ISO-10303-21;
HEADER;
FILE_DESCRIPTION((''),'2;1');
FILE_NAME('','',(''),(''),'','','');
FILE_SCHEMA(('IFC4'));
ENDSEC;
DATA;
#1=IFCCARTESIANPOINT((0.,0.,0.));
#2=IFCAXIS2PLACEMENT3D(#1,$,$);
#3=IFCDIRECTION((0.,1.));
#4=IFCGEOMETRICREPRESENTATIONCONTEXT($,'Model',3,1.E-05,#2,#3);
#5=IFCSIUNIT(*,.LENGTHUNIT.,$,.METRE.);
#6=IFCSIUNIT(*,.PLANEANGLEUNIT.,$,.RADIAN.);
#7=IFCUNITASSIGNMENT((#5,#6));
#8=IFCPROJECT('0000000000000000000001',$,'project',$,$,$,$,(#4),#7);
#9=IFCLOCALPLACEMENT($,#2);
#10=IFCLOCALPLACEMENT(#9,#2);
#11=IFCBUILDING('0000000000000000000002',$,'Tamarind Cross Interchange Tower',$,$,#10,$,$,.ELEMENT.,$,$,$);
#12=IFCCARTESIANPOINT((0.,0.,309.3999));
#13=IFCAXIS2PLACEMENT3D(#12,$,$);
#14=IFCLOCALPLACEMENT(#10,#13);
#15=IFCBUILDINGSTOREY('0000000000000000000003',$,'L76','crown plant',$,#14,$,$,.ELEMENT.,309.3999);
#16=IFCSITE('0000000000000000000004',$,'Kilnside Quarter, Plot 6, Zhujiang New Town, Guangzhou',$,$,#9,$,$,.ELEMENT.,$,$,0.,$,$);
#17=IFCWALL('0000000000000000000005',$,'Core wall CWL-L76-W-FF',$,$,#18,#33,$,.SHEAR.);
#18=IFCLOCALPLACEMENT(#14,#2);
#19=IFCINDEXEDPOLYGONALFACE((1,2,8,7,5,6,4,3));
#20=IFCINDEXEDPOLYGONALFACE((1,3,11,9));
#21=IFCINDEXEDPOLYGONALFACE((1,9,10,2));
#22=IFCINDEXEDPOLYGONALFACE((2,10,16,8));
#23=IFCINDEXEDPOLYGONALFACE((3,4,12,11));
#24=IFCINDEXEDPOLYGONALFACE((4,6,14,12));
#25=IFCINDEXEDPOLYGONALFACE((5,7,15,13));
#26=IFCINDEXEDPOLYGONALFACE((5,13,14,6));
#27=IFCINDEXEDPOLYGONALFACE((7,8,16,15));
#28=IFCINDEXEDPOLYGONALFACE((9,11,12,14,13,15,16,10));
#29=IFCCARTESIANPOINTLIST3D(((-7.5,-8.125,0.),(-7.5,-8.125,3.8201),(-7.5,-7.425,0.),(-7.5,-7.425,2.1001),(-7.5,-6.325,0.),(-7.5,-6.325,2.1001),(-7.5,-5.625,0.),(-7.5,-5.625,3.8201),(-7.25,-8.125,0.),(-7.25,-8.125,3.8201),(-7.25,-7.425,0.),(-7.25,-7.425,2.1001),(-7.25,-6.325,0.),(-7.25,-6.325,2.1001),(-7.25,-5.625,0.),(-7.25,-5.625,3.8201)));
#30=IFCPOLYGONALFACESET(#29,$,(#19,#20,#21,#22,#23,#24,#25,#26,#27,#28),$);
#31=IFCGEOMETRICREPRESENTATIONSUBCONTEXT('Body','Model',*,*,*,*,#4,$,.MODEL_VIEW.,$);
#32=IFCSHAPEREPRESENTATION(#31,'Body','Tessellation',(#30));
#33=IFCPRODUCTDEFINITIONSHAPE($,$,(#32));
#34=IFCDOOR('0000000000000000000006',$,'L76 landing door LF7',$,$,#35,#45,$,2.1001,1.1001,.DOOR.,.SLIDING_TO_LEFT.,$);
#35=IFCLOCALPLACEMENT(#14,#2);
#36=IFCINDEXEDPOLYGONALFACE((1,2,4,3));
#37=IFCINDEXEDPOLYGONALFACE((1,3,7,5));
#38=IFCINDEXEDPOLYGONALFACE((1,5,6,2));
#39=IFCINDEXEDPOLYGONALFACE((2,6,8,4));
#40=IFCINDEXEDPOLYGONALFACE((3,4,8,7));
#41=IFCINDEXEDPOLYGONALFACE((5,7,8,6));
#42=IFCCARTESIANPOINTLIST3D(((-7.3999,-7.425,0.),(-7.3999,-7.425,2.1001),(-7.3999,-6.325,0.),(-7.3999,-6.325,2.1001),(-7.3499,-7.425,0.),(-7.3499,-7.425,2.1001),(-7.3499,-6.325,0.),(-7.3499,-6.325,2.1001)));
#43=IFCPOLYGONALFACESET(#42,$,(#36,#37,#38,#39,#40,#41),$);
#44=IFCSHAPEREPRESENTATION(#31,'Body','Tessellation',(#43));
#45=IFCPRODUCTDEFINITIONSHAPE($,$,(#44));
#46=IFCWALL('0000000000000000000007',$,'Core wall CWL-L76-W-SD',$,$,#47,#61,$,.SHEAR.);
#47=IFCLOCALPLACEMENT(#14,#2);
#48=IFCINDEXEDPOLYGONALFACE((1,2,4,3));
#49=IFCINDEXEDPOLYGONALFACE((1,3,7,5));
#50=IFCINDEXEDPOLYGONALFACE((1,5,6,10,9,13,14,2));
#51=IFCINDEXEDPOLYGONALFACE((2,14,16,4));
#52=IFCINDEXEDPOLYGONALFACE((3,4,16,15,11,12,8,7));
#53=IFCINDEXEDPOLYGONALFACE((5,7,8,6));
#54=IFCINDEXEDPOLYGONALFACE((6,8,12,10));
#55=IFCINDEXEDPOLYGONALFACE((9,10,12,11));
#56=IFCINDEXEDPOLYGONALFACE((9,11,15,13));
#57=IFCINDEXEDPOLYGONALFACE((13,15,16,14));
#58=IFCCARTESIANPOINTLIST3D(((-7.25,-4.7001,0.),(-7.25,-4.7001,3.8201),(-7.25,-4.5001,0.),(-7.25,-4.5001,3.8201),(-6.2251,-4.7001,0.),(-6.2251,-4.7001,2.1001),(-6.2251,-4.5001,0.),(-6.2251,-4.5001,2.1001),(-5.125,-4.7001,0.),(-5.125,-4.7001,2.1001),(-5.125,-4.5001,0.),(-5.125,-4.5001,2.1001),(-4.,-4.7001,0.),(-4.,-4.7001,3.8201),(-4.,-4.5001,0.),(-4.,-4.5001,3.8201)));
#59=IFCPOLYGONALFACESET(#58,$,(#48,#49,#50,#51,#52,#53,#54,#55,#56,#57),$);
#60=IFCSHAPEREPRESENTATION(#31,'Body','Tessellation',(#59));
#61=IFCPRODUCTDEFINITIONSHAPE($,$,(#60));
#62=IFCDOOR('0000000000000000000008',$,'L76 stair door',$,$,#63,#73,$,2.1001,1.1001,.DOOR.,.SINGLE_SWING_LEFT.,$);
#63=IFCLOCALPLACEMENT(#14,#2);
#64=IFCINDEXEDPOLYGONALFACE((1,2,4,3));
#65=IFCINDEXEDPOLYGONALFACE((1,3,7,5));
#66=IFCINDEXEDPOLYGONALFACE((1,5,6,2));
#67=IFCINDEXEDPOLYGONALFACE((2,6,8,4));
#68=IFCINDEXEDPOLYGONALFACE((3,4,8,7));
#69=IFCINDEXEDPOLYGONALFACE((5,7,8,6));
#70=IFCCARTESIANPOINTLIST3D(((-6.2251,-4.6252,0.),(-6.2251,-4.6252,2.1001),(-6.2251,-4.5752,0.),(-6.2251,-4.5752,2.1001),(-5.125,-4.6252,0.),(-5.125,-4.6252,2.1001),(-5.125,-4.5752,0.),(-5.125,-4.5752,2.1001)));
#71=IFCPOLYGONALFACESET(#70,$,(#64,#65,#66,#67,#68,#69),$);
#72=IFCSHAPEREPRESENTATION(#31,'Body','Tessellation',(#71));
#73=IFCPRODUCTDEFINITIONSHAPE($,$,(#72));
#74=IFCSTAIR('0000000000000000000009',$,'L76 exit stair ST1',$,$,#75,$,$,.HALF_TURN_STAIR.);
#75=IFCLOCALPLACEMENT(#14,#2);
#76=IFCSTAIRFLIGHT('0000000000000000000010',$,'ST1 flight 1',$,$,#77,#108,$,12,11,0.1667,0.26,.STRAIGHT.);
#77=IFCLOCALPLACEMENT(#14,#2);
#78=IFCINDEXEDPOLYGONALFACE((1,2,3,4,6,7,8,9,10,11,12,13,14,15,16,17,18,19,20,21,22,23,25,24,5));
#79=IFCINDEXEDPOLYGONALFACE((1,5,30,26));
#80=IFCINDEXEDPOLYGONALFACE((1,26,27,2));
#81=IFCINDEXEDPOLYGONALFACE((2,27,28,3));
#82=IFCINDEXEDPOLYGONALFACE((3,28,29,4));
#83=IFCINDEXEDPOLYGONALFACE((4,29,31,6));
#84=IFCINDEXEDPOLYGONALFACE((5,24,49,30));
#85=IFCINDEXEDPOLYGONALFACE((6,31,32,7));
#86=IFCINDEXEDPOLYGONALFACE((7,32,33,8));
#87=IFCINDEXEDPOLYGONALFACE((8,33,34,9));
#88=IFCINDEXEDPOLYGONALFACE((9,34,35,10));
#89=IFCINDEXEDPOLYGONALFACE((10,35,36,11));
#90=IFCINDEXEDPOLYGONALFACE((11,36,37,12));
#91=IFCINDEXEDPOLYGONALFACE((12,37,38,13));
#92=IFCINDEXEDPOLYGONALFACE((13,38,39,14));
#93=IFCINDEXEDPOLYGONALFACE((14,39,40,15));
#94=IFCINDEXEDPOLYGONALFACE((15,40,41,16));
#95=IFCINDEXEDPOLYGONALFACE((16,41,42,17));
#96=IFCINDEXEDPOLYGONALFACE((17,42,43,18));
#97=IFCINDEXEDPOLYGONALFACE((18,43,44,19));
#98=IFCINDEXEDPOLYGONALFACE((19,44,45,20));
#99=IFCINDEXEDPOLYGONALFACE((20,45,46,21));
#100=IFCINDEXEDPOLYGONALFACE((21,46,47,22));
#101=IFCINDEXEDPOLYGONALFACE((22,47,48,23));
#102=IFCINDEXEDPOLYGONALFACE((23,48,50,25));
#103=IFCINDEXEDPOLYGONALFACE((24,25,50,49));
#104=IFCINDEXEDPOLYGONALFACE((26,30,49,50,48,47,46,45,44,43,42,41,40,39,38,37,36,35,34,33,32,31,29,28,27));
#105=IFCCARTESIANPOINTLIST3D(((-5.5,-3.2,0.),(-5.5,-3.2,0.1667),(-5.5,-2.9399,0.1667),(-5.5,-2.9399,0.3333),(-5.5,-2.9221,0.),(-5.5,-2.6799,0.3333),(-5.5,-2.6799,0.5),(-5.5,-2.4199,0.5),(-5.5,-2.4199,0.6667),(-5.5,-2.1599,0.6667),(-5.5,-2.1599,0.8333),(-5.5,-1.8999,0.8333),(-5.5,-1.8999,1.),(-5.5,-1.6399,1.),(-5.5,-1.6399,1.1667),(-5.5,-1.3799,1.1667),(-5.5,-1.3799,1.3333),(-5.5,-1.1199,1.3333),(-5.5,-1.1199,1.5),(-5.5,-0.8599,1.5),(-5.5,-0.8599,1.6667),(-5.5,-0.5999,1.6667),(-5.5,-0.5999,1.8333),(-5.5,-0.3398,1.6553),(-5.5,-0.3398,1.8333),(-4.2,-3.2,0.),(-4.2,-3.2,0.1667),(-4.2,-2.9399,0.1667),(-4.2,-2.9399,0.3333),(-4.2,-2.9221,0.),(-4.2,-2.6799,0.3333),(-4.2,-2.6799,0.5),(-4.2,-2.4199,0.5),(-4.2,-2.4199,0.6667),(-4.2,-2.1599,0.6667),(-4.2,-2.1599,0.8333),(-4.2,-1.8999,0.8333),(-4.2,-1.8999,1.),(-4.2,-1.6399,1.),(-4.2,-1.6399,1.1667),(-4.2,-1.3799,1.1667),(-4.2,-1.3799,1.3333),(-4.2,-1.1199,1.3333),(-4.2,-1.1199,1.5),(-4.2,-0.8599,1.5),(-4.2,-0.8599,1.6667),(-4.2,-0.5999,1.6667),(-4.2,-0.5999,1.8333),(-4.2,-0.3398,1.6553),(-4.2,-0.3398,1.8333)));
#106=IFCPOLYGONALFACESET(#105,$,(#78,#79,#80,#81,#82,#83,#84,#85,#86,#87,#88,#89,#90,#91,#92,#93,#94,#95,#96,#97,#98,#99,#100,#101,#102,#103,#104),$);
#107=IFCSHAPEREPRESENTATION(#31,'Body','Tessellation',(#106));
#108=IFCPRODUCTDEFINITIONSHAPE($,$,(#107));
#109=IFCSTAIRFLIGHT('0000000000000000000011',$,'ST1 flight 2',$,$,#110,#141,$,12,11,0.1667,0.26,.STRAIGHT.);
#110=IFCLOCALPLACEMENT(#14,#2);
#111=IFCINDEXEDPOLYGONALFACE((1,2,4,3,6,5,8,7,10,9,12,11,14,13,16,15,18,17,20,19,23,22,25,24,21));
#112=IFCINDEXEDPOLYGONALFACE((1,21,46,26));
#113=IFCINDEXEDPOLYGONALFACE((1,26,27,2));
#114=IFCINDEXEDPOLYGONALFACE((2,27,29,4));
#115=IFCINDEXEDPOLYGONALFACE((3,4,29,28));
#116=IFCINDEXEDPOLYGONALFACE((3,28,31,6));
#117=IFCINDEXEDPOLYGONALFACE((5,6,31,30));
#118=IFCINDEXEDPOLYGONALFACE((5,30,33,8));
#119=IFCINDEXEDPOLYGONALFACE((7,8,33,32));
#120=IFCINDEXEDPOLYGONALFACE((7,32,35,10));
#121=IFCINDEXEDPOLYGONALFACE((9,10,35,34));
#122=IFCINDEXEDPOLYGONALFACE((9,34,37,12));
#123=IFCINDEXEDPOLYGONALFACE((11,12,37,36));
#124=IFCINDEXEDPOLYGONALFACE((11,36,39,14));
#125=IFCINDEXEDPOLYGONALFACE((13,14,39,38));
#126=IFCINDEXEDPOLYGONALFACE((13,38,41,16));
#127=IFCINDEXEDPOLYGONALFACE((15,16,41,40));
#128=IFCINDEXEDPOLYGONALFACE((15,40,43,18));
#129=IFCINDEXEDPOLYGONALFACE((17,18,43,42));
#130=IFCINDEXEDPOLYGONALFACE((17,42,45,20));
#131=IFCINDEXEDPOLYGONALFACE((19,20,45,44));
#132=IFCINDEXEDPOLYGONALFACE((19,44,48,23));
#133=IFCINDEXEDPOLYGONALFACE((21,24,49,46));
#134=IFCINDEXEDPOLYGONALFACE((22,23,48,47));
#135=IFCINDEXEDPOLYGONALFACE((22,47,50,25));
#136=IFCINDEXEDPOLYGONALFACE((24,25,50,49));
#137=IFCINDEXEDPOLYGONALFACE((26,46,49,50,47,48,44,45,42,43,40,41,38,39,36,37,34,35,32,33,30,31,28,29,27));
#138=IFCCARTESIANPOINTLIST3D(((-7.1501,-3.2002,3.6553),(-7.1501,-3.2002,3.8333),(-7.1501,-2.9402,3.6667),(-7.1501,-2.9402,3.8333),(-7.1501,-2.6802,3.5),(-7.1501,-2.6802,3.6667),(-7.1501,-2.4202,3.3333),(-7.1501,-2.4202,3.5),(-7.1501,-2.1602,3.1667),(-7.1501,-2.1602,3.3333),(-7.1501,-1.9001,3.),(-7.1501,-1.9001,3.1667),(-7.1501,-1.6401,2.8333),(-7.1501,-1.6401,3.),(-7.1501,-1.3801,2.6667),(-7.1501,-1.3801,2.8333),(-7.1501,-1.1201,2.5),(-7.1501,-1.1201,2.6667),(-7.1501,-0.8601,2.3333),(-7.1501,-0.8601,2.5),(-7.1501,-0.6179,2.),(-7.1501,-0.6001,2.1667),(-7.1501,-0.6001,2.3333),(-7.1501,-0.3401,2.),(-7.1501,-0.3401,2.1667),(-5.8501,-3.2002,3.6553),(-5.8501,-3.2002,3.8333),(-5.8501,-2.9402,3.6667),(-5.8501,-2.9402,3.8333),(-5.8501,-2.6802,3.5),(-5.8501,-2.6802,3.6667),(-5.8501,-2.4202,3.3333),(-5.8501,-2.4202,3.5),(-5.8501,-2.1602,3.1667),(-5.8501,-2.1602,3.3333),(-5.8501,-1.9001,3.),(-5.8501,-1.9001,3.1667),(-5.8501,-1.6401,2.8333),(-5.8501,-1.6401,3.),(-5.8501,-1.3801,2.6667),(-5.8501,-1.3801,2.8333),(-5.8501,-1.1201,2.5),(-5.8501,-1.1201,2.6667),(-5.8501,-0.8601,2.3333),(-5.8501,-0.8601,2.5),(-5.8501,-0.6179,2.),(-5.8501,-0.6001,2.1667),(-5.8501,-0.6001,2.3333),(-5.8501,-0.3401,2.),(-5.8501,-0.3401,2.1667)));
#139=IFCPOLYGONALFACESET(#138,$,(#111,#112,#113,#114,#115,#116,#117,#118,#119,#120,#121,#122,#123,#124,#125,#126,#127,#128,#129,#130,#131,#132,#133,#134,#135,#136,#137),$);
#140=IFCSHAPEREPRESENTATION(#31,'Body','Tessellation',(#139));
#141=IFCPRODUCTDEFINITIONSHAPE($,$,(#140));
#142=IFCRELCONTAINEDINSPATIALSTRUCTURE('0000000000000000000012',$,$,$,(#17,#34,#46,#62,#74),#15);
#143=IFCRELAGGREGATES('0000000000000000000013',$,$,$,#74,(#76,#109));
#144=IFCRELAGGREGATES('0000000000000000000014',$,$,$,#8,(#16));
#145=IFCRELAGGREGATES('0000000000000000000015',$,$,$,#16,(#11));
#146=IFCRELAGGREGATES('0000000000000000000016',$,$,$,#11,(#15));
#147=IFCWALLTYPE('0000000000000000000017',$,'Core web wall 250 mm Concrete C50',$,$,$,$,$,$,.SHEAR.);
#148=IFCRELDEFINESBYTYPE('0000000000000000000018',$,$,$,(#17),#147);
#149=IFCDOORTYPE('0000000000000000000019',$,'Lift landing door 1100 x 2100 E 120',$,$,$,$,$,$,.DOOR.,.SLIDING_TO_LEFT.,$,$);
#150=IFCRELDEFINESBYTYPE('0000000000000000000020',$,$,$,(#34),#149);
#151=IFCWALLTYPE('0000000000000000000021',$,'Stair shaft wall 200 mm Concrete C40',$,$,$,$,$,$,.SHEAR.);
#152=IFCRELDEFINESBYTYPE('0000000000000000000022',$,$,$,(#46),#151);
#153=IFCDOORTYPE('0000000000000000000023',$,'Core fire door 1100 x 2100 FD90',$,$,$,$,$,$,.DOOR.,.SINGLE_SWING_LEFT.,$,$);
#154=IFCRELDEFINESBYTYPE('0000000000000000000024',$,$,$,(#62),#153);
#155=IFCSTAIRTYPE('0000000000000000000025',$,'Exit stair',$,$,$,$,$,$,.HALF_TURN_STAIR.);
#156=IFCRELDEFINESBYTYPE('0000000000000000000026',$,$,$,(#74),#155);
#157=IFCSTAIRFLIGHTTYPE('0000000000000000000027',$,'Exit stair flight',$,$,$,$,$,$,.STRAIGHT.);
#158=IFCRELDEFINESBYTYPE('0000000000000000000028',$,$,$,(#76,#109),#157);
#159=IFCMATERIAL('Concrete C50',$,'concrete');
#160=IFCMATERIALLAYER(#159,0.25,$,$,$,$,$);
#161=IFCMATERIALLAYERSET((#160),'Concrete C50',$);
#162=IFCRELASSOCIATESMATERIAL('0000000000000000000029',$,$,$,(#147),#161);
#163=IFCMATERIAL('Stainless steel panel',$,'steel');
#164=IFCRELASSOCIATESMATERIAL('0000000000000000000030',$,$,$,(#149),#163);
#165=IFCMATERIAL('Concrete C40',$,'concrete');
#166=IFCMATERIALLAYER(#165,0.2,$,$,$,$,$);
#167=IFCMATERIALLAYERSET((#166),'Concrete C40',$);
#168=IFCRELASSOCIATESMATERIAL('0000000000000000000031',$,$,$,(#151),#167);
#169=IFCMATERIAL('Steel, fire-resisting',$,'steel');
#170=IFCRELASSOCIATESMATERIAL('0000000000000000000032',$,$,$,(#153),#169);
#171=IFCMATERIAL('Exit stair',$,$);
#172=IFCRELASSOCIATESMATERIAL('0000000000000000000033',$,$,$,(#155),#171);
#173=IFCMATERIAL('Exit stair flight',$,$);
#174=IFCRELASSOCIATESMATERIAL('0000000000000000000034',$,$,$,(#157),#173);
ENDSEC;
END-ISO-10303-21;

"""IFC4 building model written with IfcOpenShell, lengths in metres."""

from ifc_helpers import new_model, si_unit, direction, frame, frame_2d, origin, place, context, subcontext, project, spatial, polyline, rectangle, outline, extrude, material, layer, layer_set, type_object, element, fill, aggregate, save


model = new_model("IFC4")

# Units and contexts
model_context = context("Model", 3, precision=1e-05, world=origin(), true_north=direction((0.0, 1.0)))
body_context = subcontext(model_context, "Body", "Model", "MODEL_VIEW")
ifc_project = project(units=[si_unit("LENGTHUNIT", "METRE"), si_unit("PLANEANGLEUNIT", "RADIAN")], contexts=[model_context])

# Site, building, storey
site_placement = place(None, origin())
site = spatial("IfcSite", under=ifc_project, at=site_placement, Name="Kilnside Quarter, Plot 6, Zhujiang New Town, Guangzhou", CompositionType="ELEMENT", RefElevation=0.0)
building_placement = place(site_placement, origin())
building = spatial("IfcBuilding", under=site, at=building_placement, Name="Tamarind Cross Interchange Tower", CompositionType="ELEMENT")
storey_placement = place(building_placement, frame((0.0, 0.0, 309.3999)))
storey = spatial("IfcBuildingStorey", under=building, at=storey_placement, Name="L76", Description="crown plant", CompositionType="ELEMENT", Elevation=309.3999)

# Shared definitions
ifc_material_1 = material(Name="Concrete C50", Category="concrete")
ifc_material_2 = material(Name="Steel, fire-resisting", Category="steel")

# Shared definitions
ifc_layer_1 = layer(ifc_material_1, 0.25)
ifc_layer_set_1 = layer_set([ifc_layer_1], Name="Concrete C50")
wall_type_1 = type_object("IfcWallType", Name="Core web wall 250 mm Concrete C50", PredefinedType="SHEAR", material=ifc_layer_set_1)

# Walls, openings, doors
wall_1_placement = place(storey_placement, frame((-7.375, -8.125, 0.0), z_axis=(0.0, 0.0, 1.0), x_axis=(0.0, 1.0, 0.0)))
wall_1 = element("IfcWall", 1, at=wall_1_placement, inside=storey, type_object=wall_type_1, Name="Core wall CWL-L76-W-FF", PredefinedType="SHEAR", context=body_context, shape_type="SweptSolid", body=[
    extrude(rectangle(XDim=2.5, YDim=0.25, at=frame_2d((1.25, 0.0))), origin(), (0.0, 0.0, 1.0), 3.8201),
])
opening_1_placement = place(wall_1_placement, frame((0.7, 0.0, 0.0)))
opening_1 = element("IfcOpeningElement", 2, at=opening_1_placement, cuts=wall_1, PredefinedType="OPENING", context=body_context, shape_type="SweptSolid", body=[
    extrude(rectangle(XDim=1.1001, YDim=2.1001, at=frame_2d((0.55, 1.05))), frame((0.0, 0.135, 0.0), z_axis=(0.0, -1.0, 0.0), x_axis=(1.0, 0.0, 0.0)), (0.0, 0.0, 1.0), 0.27),
])
ifc_material_3 = material(Name="Stainless steel panel", Category="steel")
door_type_1 = type_object("IfcDoorType", Name="Lift landing door 1100 x 2100 E 120", OperationType="SLIDING_TO_LEFT", PredefinedType="DOOR", material=ifc_material_3)
door_1_placement = place(opening_1_placement, origin())
door_1 = element("IfcDoor", 3, at=door_1_placement, inside=storey, type_object=door_type_1, Name="L76 landing door LF7", OperationType="SLIDING_TO_LEFT", OverallHeight=2.1001, OverallWidth=1.1001, PredefinedType="DOOR", context=body_context, shape_type="SweptSolid", body=[
    extrude(rectangle(XDim=1.1001, YDim=2.1001, at=frame_2d((0.55, 1.05))), frame((0.0, 0.0249, 0.0), z_axis=(0.0, -1.0, 0.0), x_axis=(1.0, 0.0, 0.0)), (0.0, 0.0, 1.0), 0.05),
])
fill(opening_1, door_1)
ifc_material_4 = material(Name="Concrete C40", Category="concrete")
ifc_layer_2 = layer(ifc_material_4, 0.2)
ifc_layer_set_2 = layer_set([ifc_layer_2], Name="Concrete C40")
wall_type_2 = type_object("IfcWallType", Name="Stair shaft wall 200 mm Concrete C40", PredefinedType="SHEAR", material=ifc_layer_set_2)
wall_2_placement = place(storey_placement, frame((-7.25, -4.6001, 0.0), z_axis=(0.0, 0.0, 1.0), x_axis=(1.0, 0.0, 0.0)))
wall_2 = element("IfcWall", 4, at=wall_2_placement, inside=storey, type_object=wall_type_2, Name="Core wall CWL-L76-W-SD", PredefinedType="SHEAR", context=body_context, shape_type="SweptSolid", body=[
    extrude(rectangle(XDim=3.25, YDim=0.2, at=frame_2d((1.625, 0.0))), origin(), (0.0, 0.0, 1.0), 3.8201),
])
opening_2_placement = place(wall_2_placement, frame((1.0249, 0.0, 0.0)))
opening_2 = element("IfcOpeningElement", 5, at=opening_2_placement, cuts=wall_2, PredefinedType="OPENING", context=body_context, shape_type="SweptSolid", body=[
    extrude(rectangle(XDim=1.1001, YDim=2.1001, at=frame_2d((0.55, 1.05))), frame((0.0, 0.1099, 0.0), z_axis=(0.0, -1.0, 0.0), x_axis=(1.0, 0.0, 0.0)), (0.0, 0.0, 1.0), 0.22),
])
door_type_2 = type_object("IfcDoorType", Name="Core fire door 1100 x 2100 FD90", OperationType="SINGLE_SWING_LEFT", PredefinedType="DOOR", material=ifc_material_2)
door_2_placement = place(opening_2_placement, origin())
door_2 = element("IfcDoor", 6, at=door_2_placement, inside=storey, type_object=door_type_2, Name="L76 stair door", OperationType="SINGLE_SWING_LEFT", OverallHeight=2.1001, OverallWidth=1.1001, PredefinedType="DOOR", context=body_context, shape_type="SweptSolid", body=[
    extrude(rectangle(XDim=1.1001, YDim=2.1001, at=frame_2d((0.55, 1.05))), frame((0.0, 0.0249, 0.0), z_axis=(0.0, -1.0, 0.0), x_axis=(1.0, 0.0, 0.0)), (0.0, 0.0, 1.0), 0.05),
])
fill(opening_2, door_2)

# Stair, stair flights
ifc_material_5 = material(Name="Exit stair")
stair_type = type_object("IfcStairType", Name="Exit stair", PredefinedType="HALF_TURN_STAIR", material=ifc_material_5)
stair_placement = place(storey_placement, origin())
stair = element("IfcStair", 7, at=stair_placement, inside=storey, type_object=stair_type, Name="L76 exit stair ST1", PredefinedType="HALF_TURN_STAIR")
ifc_material_6 = material(Name="Exit stair flight")
stair_flight_type = type_object("IfcStairFlightType", Name="Exit stair flight", PredefinedType="STRAIGHT", material=ifc_material_6)
stair_flight_1_placement = place(storey_placement, frame((-4.8501, -3.2, 0.0), z_axis=(0.0, 0.0, 1.0), x_axis=(0.0, 1.0, 0.0)))
stair_flight_1 = element("IfcStairFlight", 8, at=stair_flight_1_placement, type_object=stair_flight_type, Name="ST1 flight 1", NumberOfRisers=12, NumberOfTreads=11, PredefinedType="STRAIGHT", RiserHeight=0.1667, TreadLength=0.26, context=body_context, shape_type="SweptSolid", body=[
    extrude(outline(polyline([(0.0, 0.0), (0.0, 0.1667), (0.26, 0.1667), (0.26, 0.3333), (0.52, 0.3333), (0.52, 0.5), (0.78, 0.5), (0.78, 0.6667), (1.04, 0.6667), (1.04, 0.8333), (1.3, 0.8333), (1.3, 1.0), (1.5601, 1.0), (1.5601, 1.1667), (1.8201, 1.1667), (1.8201, 1.3333), (2.0801, 1.3333), (2.0801, 1.5), (2.3401, 1.5), (2.3401, 1.6667), (2.6001, 1.6667), (2.6001, 1.8333), (2.8601, 1.8333), (2.8601, 2.0), (2.8601, 1.6553), (0.2778, 0.0), (0.0, 0.0)])), frame((0.0, 0.6499, 0.0), z_axis=(0.0, -1.0, 0.0), x_axis=(1.0, 0.0, 0.0)), (0.0, 0.0, 1.0), 1.3),
])
stair_flight_2_placement = place(storey_placement, frame((-6.5, -0.3401, 2.0), z_axis=(0.0, 0.0, 1.0), x_axis=(0.0, -1.0, 0.0)))
stair_flight_2 = element("IfcStairFlight", 9, at=stair_flight_2_placement, type_object=stair_flight_type, Name="ST1 flight 2", NumberOfRisers=12, NumberOfTreads=11, PredefinedType="STRAIGHT", RiserHeight=0.1667, TreadLength=0.26, context=body_context, shape_type="SweptSolid", body=[
    extrude(outline(polyline([(0.0, 0.0), (0.0, 0.1667), (0.26, 0.1667), (0.26, 0.3333), (0.52, 0.3333), (0.52, 0.5), (0.78, 0.5), (0.78, 0.6667), (1.04, 0.6667), (1.04, 0.8333), (1.3, 0.8333), (1.3, 1.0), (1.5601, 1.0), (1.5601, 1.1667), (1.8201, 1.1667), (1.8201, 1.3333), (2.0801, 1.3333), (2.0801, 1.5), (2.3401, 1.5), (2.3401, 1.6667), (2.6001, 1.6667), (2.6001, 1.8333), (2.8601, 1.8333), (2.8601, 2.0), (2.8601, 1.6553), (0.2778, 0.0), (0.0, 0.0)])), frame((0.0, 0.6499, 0.0), z_axis=(0.0, -1.0, 0.0), x_axis=(1.0, 0.0, 0.0)), (0.0, 0.0, 1.0), 1.3),
])
aggregate(stair, [stair_flight_1, stair_flight_2])

save(model, "model.ifc")
